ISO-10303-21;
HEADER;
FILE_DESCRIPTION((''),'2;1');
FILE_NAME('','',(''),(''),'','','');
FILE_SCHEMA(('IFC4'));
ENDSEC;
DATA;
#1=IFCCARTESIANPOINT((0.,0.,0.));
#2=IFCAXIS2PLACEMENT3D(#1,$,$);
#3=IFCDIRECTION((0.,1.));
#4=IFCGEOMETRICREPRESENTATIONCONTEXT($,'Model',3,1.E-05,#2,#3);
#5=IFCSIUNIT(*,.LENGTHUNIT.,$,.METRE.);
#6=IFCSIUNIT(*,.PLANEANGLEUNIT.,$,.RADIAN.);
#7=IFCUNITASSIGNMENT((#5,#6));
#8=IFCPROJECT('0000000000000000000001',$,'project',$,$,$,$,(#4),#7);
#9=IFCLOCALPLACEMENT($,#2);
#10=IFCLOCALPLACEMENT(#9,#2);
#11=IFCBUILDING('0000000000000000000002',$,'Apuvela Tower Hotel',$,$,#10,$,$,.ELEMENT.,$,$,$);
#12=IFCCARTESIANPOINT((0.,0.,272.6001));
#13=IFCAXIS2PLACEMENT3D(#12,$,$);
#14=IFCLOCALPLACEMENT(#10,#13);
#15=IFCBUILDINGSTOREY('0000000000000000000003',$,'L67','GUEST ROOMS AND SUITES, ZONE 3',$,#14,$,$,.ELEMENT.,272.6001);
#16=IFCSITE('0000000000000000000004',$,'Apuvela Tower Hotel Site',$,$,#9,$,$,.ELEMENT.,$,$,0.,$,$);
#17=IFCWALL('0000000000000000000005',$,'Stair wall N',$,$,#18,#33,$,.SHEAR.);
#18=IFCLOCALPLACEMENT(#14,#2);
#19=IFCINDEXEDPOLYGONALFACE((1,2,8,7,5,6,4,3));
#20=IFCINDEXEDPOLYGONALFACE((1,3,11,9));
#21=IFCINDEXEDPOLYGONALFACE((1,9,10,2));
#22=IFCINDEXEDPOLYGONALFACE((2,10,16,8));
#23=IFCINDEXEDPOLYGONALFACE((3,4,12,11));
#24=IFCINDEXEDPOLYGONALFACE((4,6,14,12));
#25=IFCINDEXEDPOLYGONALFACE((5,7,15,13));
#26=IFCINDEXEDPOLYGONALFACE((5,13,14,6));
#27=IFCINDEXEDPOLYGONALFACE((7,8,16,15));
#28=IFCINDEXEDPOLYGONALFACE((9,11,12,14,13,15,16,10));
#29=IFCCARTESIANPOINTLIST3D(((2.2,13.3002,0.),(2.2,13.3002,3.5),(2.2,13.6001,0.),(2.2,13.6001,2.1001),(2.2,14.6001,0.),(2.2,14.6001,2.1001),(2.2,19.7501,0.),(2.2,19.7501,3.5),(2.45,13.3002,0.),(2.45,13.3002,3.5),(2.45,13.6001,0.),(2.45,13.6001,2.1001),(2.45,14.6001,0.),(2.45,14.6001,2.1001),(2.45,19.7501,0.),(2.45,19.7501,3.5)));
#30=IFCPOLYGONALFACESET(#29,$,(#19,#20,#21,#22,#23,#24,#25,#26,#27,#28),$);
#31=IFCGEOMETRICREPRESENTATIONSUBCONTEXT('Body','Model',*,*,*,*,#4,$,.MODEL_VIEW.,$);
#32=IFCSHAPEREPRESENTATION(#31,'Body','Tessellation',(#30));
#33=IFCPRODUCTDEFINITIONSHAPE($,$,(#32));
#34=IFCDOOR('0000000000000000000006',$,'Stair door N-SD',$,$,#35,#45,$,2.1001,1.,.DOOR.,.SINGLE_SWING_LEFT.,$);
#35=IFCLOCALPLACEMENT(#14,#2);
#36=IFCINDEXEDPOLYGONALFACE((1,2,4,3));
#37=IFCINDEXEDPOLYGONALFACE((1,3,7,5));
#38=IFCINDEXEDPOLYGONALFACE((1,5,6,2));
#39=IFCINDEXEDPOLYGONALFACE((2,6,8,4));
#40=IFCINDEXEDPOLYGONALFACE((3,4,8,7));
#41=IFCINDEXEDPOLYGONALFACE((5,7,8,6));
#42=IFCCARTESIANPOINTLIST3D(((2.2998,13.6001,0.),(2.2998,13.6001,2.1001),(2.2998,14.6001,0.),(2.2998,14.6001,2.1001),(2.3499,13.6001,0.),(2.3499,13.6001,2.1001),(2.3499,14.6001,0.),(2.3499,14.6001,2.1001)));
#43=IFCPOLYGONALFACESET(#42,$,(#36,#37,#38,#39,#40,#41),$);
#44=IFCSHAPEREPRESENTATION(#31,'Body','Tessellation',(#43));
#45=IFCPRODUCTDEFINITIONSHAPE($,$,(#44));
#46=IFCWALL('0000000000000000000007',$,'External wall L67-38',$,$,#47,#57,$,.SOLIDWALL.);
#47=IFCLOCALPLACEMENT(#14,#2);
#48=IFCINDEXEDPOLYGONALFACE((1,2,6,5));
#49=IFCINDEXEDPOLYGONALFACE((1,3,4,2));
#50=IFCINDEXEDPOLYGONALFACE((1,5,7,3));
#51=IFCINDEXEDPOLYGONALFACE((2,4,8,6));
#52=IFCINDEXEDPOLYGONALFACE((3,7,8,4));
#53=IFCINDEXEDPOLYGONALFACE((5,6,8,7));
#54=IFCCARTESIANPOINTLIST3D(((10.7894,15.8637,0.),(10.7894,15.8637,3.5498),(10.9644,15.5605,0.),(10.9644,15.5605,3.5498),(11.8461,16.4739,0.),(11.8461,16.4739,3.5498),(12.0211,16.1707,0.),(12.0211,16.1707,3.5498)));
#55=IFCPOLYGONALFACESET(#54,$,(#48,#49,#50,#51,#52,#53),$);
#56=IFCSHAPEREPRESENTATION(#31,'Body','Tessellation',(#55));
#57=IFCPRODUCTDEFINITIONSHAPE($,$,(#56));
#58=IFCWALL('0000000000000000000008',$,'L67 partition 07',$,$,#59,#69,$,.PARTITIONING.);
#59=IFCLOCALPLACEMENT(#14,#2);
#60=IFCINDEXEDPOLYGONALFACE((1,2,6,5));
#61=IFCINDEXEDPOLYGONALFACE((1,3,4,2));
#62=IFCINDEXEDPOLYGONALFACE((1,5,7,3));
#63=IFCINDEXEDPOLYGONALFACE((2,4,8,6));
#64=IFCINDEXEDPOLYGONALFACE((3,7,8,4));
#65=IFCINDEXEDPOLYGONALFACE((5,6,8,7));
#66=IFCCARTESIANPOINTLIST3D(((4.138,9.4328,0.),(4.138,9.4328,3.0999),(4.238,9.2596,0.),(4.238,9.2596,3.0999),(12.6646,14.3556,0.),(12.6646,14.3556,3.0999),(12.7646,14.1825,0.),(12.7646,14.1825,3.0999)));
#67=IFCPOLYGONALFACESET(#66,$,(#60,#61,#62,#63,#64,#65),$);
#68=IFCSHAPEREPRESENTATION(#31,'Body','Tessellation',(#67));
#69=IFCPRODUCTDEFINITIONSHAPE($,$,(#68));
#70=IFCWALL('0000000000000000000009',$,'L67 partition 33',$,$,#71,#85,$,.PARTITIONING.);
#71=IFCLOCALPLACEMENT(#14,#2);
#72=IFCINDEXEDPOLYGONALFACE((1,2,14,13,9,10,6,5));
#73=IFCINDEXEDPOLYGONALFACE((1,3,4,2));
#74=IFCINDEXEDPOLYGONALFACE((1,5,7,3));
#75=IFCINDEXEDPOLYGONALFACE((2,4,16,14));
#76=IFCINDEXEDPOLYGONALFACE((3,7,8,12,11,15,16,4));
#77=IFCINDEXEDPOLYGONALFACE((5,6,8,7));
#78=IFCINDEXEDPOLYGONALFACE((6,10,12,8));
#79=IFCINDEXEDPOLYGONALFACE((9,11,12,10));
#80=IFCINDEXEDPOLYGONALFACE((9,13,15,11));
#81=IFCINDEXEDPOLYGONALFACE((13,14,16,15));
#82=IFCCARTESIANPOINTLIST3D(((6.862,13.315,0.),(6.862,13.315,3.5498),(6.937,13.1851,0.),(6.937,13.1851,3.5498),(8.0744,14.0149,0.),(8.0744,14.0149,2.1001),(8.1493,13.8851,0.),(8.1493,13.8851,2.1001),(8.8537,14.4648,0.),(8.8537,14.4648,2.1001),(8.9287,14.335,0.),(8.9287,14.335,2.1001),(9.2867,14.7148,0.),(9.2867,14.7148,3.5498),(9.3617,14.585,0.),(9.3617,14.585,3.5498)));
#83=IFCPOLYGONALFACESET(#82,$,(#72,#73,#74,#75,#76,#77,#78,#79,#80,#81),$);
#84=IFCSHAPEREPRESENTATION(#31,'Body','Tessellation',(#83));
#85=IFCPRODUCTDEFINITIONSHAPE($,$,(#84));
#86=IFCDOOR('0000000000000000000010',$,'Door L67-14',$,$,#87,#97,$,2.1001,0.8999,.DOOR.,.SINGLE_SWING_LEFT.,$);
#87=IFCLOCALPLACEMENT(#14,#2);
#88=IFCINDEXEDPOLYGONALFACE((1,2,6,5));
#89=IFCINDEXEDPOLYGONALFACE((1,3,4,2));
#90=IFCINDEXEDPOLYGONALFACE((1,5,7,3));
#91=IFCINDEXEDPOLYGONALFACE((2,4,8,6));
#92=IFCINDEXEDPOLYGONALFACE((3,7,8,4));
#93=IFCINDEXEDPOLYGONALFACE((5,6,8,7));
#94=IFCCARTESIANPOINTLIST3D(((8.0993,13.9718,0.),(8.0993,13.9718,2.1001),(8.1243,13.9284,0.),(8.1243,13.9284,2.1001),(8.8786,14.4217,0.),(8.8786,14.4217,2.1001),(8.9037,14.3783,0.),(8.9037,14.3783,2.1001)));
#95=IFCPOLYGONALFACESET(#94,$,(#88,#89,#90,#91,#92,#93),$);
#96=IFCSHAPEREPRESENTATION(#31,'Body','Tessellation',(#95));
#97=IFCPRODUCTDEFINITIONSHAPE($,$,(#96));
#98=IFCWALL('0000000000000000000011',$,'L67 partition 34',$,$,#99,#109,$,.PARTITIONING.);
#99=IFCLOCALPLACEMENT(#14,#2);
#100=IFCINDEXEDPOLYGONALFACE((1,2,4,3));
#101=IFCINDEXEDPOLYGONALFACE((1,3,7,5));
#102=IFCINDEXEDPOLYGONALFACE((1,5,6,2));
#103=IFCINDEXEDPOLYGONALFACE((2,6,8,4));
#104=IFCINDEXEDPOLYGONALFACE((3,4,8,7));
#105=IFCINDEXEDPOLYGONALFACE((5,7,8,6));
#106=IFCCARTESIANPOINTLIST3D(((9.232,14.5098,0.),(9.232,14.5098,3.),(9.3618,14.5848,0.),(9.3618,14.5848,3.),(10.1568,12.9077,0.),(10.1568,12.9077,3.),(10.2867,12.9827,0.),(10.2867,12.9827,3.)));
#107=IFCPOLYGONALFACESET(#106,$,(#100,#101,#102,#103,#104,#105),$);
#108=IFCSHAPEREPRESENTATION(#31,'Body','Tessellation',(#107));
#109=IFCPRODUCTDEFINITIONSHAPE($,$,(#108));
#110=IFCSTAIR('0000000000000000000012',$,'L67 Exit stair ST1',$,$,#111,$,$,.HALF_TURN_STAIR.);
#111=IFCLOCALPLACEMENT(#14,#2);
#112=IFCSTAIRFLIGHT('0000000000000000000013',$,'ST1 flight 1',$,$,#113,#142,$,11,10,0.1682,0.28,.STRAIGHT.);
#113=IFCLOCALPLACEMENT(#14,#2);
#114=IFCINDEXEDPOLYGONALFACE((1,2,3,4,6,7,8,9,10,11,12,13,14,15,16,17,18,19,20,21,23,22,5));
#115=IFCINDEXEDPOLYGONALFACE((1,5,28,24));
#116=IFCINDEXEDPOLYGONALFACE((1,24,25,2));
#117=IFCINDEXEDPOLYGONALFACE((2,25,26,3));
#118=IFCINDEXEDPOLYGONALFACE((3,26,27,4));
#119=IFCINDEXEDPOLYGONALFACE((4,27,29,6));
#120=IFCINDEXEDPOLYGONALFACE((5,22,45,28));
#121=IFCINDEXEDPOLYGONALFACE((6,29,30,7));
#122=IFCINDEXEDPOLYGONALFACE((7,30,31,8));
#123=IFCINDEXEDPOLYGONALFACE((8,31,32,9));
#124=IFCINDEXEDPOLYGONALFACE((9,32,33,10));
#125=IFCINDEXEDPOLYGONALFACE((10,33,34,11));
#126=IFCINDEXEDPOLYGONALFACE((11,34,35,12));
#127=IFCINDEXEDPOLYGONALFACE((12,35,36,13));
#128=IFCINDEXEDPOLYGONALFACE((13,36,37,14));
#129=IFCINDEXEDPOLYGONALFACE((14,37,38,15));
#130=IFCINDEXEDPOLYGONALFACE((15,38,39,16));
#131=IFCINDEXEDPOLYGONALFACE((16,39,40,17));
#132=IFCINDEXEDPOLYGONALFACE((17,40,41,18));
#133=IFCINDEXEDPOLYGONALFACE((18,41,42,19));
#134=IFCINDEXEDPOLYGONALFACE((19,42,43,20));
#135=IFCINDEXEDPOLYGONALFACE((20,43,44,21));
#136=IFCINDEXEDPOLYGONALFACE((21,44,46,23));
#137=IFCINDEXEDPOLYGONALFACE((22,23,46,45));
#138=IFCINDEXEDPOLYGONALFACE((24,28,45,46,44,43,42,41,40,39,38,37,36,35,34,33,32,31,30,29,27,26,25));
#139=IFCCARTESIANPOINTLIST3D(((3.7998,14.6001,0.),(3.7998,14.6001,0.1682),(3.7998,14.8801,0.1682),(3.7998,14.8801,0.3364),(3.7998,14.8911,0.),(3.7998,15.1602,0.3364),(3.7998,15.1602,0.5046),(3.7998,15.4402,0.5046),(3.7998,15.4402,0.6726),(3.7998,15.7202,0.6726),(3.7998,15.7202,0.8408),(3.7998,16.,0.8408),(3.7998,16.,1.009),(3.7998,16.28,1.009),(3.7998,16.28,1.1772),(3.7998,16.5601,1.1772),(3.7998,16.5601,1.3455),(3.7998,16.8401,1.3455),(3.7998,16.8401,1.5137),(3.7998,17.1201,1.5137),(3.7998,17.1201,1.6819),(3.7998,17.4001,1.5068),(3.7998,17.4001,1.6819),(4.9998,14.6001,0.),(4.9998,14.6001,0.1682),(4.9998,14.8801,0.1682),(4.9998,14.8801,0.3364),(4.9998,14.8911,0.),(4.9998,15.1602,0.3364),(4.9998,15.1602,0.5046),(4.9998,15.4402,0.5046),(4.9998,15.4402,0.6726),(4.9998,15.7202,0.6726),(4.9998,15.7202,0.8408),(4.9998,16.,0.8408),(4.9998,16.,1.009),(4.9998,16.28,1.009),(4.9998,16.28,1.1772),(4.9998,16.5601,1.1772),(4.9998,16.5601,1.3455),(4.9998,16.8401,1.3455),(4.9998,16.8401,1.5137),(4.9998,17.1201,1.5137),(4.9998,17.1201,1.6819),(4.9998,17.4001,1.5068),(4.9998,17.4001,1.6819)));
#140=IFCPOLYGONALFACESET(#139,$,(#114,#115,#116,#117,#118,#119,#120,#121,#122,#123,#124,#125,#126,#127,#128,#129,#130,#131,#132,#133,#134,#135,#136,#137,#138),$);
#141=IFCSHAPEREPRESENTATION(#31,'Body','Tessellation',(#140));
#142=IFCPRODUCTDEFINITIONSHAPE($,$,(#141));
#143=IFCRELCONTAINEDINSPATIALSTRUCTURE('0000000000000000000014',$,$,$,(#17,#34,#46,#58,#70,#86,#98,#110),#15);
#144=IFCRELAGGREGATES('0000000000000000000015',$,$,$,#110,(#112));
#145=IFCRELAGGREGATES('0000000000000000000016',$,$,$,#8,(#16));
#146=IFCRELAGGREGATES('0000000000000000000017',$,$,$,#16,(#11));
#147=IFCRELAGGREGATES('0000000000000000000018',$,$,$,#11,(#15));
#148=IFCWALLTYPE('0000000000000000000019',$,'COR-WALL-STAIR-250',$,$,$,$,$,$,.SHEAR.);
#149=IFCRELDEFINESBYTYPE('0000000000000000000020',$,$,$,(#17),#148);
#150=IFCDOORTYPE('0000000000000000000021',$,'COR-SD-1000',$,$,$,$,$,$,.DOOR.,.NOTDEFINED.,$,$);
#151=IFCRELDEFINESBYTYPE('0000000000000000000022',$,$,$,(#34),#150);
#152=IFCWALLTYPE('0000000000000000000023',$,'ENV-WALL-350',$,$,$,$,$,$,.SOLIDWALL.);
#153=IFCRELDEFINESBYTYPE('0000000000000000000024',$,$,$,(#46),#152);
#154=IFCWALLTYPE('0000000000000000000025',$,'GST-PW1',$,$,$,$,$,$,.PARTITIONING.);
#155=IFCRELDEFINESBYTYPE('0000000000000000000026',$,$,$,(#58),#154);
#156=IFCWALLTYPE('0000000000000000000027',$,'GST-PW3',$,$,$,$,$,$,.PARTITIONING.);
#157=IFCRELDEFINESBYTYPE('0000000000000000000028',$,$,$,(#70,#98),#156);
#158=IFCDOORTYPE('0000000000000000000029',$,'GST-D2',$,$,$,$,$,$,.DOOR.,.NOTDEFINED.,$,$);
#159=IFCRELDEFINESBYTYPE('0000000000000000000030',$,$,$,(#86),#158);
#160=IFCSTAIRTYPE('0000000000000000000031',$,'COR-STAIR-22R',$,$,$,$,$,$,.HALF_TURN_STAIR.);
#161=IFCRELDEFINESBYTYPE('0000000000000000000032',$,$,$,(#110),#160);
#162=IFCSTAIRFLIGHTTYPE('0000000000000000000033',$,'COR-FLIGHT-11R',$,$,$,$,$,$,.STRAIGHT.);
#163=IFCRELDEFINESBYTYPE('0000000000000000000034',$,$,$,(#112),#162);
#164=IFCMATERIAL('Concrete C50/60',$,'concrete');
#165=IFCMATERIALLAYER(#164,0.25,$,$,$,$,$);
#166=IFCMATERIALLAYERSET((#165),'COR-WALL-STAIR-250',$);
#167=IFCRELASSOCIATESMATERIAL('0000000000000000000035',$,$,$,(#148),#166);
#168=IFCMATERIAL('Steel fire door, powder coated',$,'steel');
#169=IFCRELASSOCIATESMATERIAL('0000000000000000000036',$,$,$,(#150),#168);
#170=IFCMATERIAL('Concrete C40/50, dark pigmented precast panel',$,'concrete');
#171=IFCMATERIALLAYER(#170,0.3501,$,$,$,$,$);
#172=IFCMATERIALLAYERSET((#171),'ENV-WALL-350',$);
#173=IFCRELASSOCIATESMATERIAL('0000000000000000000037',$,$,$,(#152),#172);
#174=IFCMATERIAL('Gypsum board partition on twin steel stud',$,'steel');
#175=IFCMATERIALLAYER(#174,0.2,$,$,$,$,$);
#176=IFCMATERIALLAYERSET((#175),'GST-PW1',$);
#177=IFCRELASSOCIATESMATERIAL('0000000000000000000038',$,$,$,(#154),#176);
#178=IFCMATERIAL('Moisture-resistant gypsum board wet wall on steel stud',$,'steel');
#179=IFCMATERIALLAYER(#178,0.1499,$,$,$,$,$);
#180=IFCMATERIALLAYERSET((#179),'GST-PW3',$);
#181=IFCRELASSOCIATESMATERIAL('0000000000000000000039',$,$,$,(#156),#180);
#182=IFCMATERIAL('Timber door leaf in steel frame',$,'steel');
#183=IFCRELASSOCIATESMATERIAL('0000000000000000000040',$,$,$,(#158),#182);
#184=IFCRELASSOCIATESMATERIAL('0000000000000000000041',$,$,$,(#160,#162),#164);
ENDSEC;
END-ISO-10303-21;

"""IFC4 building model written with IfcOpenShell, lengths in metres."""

from ifc_helpers import new_model, si_unit, direction, frame, frame_2d, origin, place, context, subcontext, project, spatial, polyline, rectangle, outline, extrude, material, layer, layer_set, type_object, element, fill, aggregate, save


model = new_model("IFC4")

# Units and contexts
model_context = context("Model", 3, precision=1e-05, world=origin(), true_north=direction((0.0, 1.0)))
body_context = subcontext(model_context, "Body", "Model", "MODEL_VIEW")
ifc_project = project(units=[si_unit("LENGTHUNIT", "METRE"), si_unit("PLANEANGLEUNIT", "RADIAN")], contexts=[model_context])

# Site, building, storey
site_placement = place(None, origin())
site = spatial("IfcSite", under=ifc_project, at=site_placement, Name="Apuvela Tower Hotel Site", CompositionType="ELEMENT", RefElevation=0.0)
building_placement = place(site_placement, origin())
building = spatial("IfcBuilding", under=site, at=building_placement, Name="Apuvela Tower Hotel", CompositionType="ELEMENT")
storey_placement = place(building_placement, frame((0.0, 0.0, 272.6001)))
storey = spatial("IfcBuildingStorey", under=building, at=storey_placement, Name="L67", Description="GUEST ROOMS AND SUITES, ZONE 3", CompositionType="ELEMENT", Elevation=272.6001)

# Shared definitions
ifc_material_1 = material(Name="Concrete C50/60", Category="concrete")
ifc_material_2 = material(Name="Steel fire door, powder coated", Category="steel")

# Wall, opening, door
ifc_layer_1 = layer(ifc_material_1, 0.25)
ifc_layer_set_1 = layer_set([ifc_layer_1], Name="COR-WALL-STAIR-250")
wall_type_1 = type_object("IfcWallType", Name="COR-WALL-STAIR-250", PredefinedType="SHEAR", material=ifc_layer_set_1)
wall_1_placement = place(storey_placement, frame((2.325, 13.3, 0.0), z_axis=(0.0, 0.0, 1.0), x_axis=(0.0, 1.0, 0.0)))
wall_1 = element("IfcWall", 1, at=wall_1_placement, inside=storey, type_object=wall_type_1, Name="Stair wall N", PredefinedType="SHEAR", context=body_context, shape_type="SweptSolid", body=[
    extrude(rectangle(XDim=6.45, YDim=0.25, at=frame_2d((3.2251, 0.0))), origin(), (0.0, 0.0, 1.0), 3.5),
])
opening_1_placement = place(wall_1_placement, frame((0.3, 0.0, 0.0)))
opening_1 = element("IfcOpeningElement", 2, at=opening_1_placement, cuts=wall_1, PredefinedType="OPENING", context=body_context, shape_type="SweptSolid", body=[
    extrude(rectangle(XDim=1.0, YDim=2.1001, at=frame_2d((0.5, 1.05))), frame((0.0, 0.135, 0.0), z_axis=(0.0, -1.0, 0.0), x_axis=(1.0, 0.0, 0.0)), (0.0, 0.0, 1.0), 0.27),
])
door_type_1 = type_object("IfcDoorType", Name="COR-SD-1000", OperationType="NOTDEFINED", PredefinedType="DOOR", material=ifc_material_2)
door_1_placement = place(opening_1_placement, frame((1.0, 0.0, 0.0), z_axis=(0.0, 0.0, 1.0), x_axis=(-1.0, 0.0, 0.0)))
door_1 = element("IfcDoor", 3, at=door_1_placement, inside=storey, type_object=door_type_1, Name="Stair door N-SD", OperationType="SINGLE_SWING_LEFT", OverallHeight=2.1001, OverallWidth=1.0, PredefinedType="DOOR", context=body_context, shape_type="SweptSolid", body=[
    extrude(rectangle(XDim=1.0, YDim=2.1001, at=frame_2d((0.5, 1.05))), frame((0.0, 0.0249, 0.0), z_axis=(0.0, -1.0, 0.0), x_axis=(1.0, 0.0, 0.0)), (0.0, 0.0, 1.0), 0.05),
])
fill(opening_1, door_1)

# Wall
ifc_material_3 = material(Name="Concrete C40/50, dark pigmented precast panel", Category="concrete")
ifc_layer_2 = layer(ifc_material_3, 0.3501)
ifc_layer_set_2 = layer_set([ifc_layer_2], Name="ENV-WALL-350")
wall_type_2 = type_object("IfcWallType", Name="ENV-WALL-350", PredefinedType="SOLIDWALL", material=ifc_layer_set_2)
wall_2_placement = place(storey_placement, frame((11.9336, 16.3223, 0.0), z_axis=(0.0, 0.0, 1.0), x_axis=(-0.866006, -0.500034, 0.0)))
element("IfcWall", 4, at=wall_2_placement, inside=storey, type_object=wall_type_2, Name="External wall L67-38", PredefinedType="SOLIDWALL", context=body_context, shape_type="SweptSolid", body=[
    extrude(rectangle(XDim=1.2202, YDim=0.3501, at=frame_2d((0.6101, 0.0))), origin(), (0.0, 0.0, 1.0), 3.5498),
])

# Wall
ifc_material_4 = material(Name="Gypsum board partition on twin steel stud", Category="steel")
ifc_layer_3 = layer(ifc_material_4, 0.2)
ifc_layer_set_3 = layer_set([ifc_layer_3], Name="GST-PW1")
wall_type_3 = type_object("IfcWallType", Name="GST-PW1", PredefinedType="PARTITIONING", material=ifc_layer_set_3)
wall_3_placement = place(storey_placement, frame((12.7146, 14.269, 0.0), z_axis=(0.0, 0.0, 1.0), x_axis=(-0.866025, -0.500001, 0.0)))
element("IfcWall", 5, at=wall_3_placement, inside=storey, type_object=wall_type_3, Name="L67 partition 07", PredefinedType="PARTITIONING", context=body_context, shape_type="SweptSolid", body=[
    extrude(rectangle(XDim=9.8457, YDim=0.2, at=frame_2d((4.9229, 0.0))), origin(), (0.0, 0.0, 1.0), 3.0999),
])

# Wall, opening, door
ifc_material_5 = material(Name="Moisture-resistant gypsum board wet wall on steel stud", Category="steel")
ifc_layer_4 = layer(ifc_material_5, 0.1499)
ifc_layer_set_4 = layer_set([ifc_layer_4], Name="GST-PW3")
wall_type_4 = type_object("IfcWallType", Name="GST-PW3", PredefinedType="PARTITIONING", material=ifc_layer_set_4)
wall_4_placement = place(storey_placement, frame((9.3242, 14.6499, 0.0), z_axis=(0.0, 0.0, 1.0), x_axis=(-0.866035, -0.499984, 0.0)))
wall_4 = element("IfcWall", 6, at=wall_4_placement, inside=storey, type_object=wall_type_4, Name="L67 partition 33", PredefinedType="PARTITIONING", context=body_context, shape_type="SweptSolid", body=[
    extrude(rectangle(XDim=2.7998, YDim=0.1499, at=frame_2d((1.3999, 0.0))), origin(), (0.0, 0.0, 1.0), 3.5498),
])
opening_2_placement = place(wall_4_placement, frame((0.5, 0.0, 0.0)))
opening_2 = element("IfcOpeningElement", 7, at=opening_2_placement, cuts=wall_4, PredefinedType="OPENING", context=body_context, shape_type="SweptSolid", body=[
    extrude(rectangle(XDim=0.8999, YDim=2.1001, at=frame_2d((0.45, 1.05))), frame((0.0, 0.085, 0.0), z_axis=(0.0, -1.0, 0.0), x_axis=(1.0, 0.0, 0.0)), (0.0, 0.0, 1.0), 0.1699),
])
ifc_material_6 = material(Name="Timber door leaf in steel frame", Category="steel")
door_type_2 = type_object("IfcDoorType", Name="GST-D2", OperationType="NOTDEFINED", PredefinedType="DOOR", material=ifc_material_6)
door_2_placement = place(opening_2_placement, origin())
door_2 = element("IfcDoor", 8, at=door_2_placement, inside=storey, type_object=door_type_2, Name="Door L67-14", OperationType="SINGLE_SWING_LEFT", OverallHeight=2.1001, OverallWidth=0.8999, PredefinedType="DOOR", context=body_context, shape_type="SweptSolid", body=[
    extrude(rectangle(XDim=0.8999, YDim=2.1001, at=frame_2d((0.45, 1.05))), frame((0.0, 0.0249, 0.0), z_axis=(0.0, -1.0, 0.0), x_axis=(1.0, 0.0, 0.0)), (0.0, 0.0, 1.0), 0.05),
])
fill(opening_2, door_2)

# Wall
wall_5_placement = place(storey_placement, frame((10.2217, 12.9453, 0.0), z_axis=(0.0, 0.0, 1.0), x_axis=(-0.499943, 0.866058, 0.0)))
element("IfcWall", 9, at=wall_5_placement, inside=storey, type_object=wall_type_4, Name="L67 partition 34", PredefinedType="PARTITIONING", context=body_context, shape_type="SweptSolid", body=[
    extrude(rectangle(XDim=1.8499, YDim=0.1499, at=frame_2d((0.9248, 0.0))), origin(), (0.0, 0.0, 1.0), 3.0),
])

# Stair, stair flight
stair_type = type_object("IfcStairType", Name="COR-STAIR-22R", PredefinedType="HALF_TURN_STAIR", material=ifc_material_1)
stair_placement = place(storey_placement, origin())
stair = element("IfcStair", 10, at=stair_placement, inside=storey, type_object=stair_type, Name="L67 Exit stair ST1", PredefinedType="HALF_TURN_STAIR")
stair_flight_type = type_object("IfcStairFlightType", Name="COR-FLIGHT-11R", PredefinedType="STRAIGHT", material=ifc_material_1)
stair_flight_1_placement = place(storey_placement, frame((4.3999, 14.6001, 0.0), z_axis=(0.0, 0.0, 1.0), x_axis=(0.0, 1.0, 0.0)))
stair_flight_1 = element("IfcStairFlight", 11, at=stair_flight_1_placement, type_object=stair_flight_type, Name="ST1 flight 1", NumberOfRisers=11, NumberOfTreads=10, PredefinedType="STRAIGHT", RiserHeight=0.1682, TreadLength=0.28, context=body_context, shape_type="SweptSolid", body=[
    extrude(outline(polyline([(0.0, 0.0), (0.0, 0.1682), (0.28, 0.1682), (0.28, 0.3364), (0.5601, 0.3364), (0.5601, 0.5046), (0.8401, 0.5046), (0.8401, 0.6726), (1.1201, 0.6726), (1.1201, 0.8408), (1.3999, 0.8408), (1.3999, 1.009), (1.6799, 1.009), (1.6799, 1.1772), (1.96, 1.1772), (1.96, 1.3455), (2.24, 1.3455), (2.24, 1.5137), (2.52, 1.5137), (2.52, 1.6819), (2.8, 1.6819), (2.8, 1.8501), (2.8, 1.5068), (0.291, 0.0), (0.0, 0.0)])), frame((0.0, 0.6001, 0.0), z_axis=(0.0, -1.0, 0.0), x_axis=(1.0, 0.0, 0.0)), (0.0, 0.0, 1.0), 1.2),
])
aggregate(stair, [stair_flight_1])

save(model, "model.ifc")
